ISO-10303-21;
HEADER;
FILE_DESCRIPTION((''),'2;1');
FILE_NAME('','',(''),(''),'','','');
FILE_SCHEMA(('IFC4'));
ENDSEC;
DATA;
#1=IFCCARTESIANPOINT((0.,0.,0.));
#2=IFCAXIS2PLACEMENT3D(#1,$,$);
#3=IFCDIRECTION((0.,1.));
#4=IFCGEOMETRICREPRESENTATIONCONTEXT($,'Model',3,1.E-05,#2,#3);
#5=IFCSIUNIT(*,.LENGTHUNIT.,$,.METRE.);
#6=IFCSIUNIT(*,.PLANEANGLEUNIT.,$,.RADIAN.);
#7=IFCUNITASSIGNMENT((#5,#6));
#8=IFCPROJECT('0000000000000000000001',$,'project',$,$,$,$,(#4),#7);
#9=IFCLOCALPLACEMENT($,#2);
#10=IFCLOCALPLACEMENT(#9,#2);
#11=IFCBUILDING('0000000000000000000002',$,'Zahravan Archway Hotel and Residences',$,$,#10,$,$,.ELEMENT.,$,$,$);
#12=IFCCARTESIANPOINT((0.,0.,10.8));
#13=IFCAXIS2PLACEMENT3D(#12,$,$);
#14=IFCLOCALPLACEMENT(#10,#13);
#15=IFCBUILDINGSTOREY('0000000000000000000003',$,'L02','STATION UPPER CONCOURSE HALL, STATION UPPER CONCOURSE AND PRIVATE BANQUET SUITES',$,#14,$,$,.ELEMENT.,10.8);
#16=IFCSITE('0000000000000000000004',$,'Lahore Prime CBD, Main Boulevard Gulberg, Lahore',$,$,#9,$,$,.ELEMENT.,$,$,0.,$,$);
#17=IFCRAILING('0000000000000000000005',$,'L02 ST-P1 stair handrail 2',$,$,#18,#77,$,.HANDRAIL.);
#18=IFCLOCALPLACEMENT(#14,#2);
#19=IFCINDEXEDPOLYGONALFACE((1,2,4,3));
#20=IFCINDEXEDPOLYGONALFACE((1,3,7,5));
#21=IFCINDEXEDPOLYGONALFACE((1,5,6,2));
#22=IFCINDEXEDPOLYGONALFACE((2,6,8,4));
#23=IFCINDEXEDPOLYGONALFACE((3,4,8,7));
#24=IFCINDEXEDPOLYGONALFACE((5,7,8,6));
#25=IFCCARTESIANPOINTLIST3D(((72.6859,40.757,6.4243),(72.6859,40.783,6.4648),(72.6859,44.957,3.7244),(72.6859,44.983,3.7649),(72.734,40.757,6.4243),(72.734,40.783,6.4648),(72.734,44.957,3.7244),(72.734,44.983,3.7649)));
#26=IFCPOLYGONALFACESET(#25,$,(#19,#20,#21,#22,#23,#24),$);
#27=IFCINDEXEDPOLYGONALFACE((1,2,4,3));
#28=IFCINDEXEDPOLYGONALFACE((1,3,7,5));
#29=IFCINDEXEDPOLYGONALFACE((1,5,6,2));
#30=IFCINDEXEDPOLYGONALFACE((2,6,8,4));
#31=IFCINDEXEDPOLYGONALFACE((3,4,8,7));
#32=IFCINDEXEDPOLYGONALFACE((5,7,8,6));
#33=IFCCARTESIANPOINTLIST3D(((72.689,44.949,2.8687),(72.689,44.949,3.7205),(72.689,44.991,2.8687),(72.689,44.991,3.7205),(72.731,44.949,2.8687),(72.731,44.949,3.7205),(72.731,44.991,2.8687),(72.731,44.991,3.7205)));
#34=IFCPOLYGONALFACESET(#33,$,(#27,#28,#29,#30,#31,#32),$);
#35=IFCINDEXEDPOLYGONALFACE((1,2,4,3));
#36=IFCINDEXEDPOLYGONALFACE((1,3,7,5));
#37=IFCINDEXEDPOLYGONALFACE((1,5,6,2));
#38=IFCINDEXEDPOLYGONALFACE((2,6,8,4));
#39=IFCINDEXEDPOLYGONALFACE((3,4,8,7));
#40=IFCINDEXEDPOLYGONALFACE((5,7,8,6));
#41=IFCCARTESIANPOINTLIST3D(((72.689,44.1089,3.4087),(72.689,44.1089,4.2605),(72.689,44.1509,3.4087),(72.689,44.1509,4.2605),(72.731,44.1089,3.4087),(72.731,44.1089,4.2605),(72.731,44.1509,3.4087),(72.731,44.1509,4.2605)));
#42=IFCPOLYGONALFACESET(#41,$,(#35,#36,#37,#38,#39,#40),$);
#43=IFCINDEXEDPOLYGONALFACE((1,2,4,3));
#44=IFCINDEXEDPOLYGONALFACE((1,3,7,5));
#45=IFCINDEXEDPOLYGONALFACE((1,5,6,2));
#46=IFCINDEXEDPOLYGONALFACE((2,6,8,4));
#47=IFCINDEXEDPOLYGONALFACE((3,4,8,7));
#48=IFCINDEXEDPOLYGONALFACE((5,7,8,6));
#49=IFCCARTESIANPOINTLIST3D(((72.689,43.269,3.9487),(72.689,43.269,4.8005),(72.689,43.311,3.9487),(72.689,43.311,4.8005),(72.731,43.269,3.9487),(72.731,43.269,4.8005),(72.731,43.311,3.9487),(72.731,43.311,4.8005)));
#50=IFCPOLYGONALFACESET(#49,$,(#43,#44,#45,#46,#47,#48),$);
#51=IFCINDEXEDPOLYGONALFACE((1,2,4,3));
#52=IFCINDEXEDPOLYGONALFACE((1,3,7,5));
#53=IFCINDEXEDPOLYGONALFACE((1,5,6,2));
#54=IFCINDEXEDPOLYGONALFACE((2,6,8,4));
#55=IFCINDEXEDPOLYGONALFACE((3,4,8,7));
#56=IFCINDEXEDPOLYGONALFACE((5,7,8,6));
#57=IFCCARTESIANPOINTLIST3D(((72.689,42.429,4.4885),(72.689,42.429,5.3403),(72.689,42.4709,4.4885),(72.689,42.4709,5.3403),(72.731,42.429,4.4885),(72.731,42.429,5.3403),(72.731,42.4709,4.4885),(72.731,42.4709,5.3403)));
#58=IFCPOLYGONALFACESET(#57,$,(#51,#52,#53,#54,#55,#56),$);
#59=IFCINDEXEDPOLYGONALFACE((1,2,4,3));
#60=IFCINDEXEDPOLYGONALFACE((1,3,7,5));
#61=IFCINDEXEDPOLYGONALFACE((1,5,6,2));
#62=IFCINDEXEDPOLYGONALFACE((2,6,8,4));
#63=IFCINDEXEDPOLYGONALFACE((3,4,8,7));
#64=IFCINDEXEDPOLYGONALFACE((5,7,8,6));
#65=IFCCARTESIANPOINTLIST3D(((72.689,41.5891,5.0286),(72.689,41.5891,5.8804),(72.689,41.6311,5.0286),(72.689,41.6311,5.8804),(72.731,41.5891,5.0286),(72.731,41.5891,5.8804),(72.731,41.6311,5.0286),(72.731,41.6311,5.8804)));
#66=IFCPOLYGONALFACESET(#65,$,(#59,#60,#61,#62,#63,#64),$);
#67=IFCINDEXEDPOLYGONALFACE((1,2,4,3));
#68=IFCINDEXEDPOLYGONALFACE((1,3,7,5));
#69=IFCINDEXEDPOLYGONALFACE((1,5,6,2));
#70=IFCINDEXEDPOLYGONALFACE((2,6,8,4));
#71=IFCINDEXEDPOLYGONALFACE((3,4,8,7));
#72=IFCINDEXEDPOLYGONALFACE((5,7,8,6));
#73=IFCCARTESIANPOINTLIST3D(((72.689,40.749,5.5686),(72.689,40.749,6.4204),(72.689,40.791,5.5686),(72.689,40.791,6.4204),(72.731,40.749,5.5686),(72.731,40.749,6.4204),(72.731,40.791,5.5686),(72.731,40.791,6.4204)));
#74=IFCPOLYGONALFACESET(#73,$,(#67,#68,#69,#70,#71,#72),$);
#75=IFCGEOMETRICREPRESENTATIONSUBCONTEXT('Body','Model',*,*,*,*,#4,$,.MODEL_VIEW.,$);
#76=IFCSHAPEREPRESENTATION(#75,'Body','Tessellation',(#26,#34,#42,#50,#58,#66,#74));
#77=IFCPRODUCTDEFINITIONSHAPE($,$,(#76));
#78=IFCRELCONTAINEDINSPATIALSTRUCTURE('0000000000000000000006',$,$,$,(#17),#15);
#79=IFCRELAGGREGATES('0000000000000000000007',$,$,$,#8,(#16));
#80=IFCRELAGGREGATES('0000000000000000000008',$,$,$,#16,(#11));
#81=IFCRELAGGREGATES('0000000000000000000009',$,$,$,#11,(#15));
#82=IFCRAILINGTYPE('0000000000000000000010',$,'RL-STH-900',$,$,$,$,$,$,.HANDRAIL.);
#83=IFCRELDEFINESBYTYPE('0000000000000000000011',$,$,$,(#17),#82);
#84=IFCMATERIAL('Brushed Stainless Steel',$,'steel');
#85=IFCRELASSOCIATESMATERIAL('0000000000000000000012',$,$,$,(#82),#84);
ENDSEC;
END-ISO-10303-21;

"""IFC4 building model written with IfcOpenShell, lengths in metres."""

from ifc_helpers import new_model, si_unit, direction, frame, origin, origin_2d, place, context, subcontext, project, spatial, rectangle, extrude, material, type_object, element, save


model = new_model("IFC4")

# Units and contexts
model_context = context("Model", 3, precision=1e-05, world=origin(), true_north=direction((0.0, 1.0)))
body_context = subcontext(model_context, "Body", "Model", "MODEL_VIEW")
ifc_project = project(units=[si_unit("LENGTHUNIT", "METRE"), si_unit("PLANEANGLEUNIT", "RADIAN")], contexts=[model_context])

# Site, building, storey
site_placement = place(None, origin())
site = spatial("IfcSite", under=ifc_project, at=site_placement, Name="Lahore Prime CBD, Main Boulevard Gulberg, Lahore", CompositionType="ELEMENT", RefElevation=0.0)
building_placement = place(site_placement, origin())
building = spatial("IfcBuilding", under=site, at=building_placement, Name="Zahravan Archway Hotel and Residences", CompositionType="ELEMENT")
storey_placement = place(building_placement, frame((0.0, 0.0, 10.8)))
storey = spatial("IfcBuildingStorey", under=building, at=storey_placement, Name="L02", Description="STATION UPPER CONCOURSE HALL, STATION UPPER CONCOURSE AND PRIVATE BANQUET SUITES", CompositionType="ELEMENT", Elevation=10.8)

# Railing
ifc_material_1 = material(Name="Brushed Stainless Steel", Category="steel")
railing_type_1 = type_object("IfcRailingType", Name="RL-STH-900", PredefinedType="HANDRAIL", material=ifc_material_1)
railing_1_placement = place(storey_placement, frame((72.71, 44.97, 2.8687)))
element("IfcRailing", 1, at=railing_1_placement, inside=storey, type_object=railing_type_1, Name="L02 ST-P1 stair handrail 2", PredefinedType="HANDRAIL", context=body_context, shape_type="SweptSolid", body=[
    extrude(rectangle(XDim=0.0481, YDim=0.0481, at=origin_2d()), frame((0.0, 0.0, 0.876), z_axis=(0.0, -0.84118, 0.540755), x_axis=(1.0, 0.0, 0.0)), (0.0, 0.0, 1.0), 4.9929),
    extrude(rectangle(XDim=0.042, YDim=0.042, at=origin_2d()), origin(), (0.0, 0.0, 1.0), 0.8518),
    extrude(rectangle(XDim=0.042, YDim=0.042, at=origin_2d()), frame((0.0, -0.8401, 0.54)), (0.0, 0.0, 1.0), 0.8518),
    extrude(rectangle(XDim=0.042, YDim=0.042, at=origin_2d()), frame((0.0, -1.6799, 1.0801)), (0.0, 0.0, 1.0), 0.8518),
    extrude(rectangle(XDim=0.042, YDim=0.042, at=origin_2d()), frame((0.0, -2.52, 1.6199)), (0.0, 0.0, 1.0), 0.8518),
    extrude(rectangle(XDim=0.042, YDim=0.042, at=origin_2d()), frame((0.0, -3.3599, 2.1599)), (0.0, 0.0, 1.0), 0.8518),
    extrude(rectangle(XDim=0.042, YDim=0.042, at=origin_2d()), frame((0.0, -4.2, 2.7)), (0.0, 0.0, 1.0), 0.8518),
])

save(model, "model.ifc")
